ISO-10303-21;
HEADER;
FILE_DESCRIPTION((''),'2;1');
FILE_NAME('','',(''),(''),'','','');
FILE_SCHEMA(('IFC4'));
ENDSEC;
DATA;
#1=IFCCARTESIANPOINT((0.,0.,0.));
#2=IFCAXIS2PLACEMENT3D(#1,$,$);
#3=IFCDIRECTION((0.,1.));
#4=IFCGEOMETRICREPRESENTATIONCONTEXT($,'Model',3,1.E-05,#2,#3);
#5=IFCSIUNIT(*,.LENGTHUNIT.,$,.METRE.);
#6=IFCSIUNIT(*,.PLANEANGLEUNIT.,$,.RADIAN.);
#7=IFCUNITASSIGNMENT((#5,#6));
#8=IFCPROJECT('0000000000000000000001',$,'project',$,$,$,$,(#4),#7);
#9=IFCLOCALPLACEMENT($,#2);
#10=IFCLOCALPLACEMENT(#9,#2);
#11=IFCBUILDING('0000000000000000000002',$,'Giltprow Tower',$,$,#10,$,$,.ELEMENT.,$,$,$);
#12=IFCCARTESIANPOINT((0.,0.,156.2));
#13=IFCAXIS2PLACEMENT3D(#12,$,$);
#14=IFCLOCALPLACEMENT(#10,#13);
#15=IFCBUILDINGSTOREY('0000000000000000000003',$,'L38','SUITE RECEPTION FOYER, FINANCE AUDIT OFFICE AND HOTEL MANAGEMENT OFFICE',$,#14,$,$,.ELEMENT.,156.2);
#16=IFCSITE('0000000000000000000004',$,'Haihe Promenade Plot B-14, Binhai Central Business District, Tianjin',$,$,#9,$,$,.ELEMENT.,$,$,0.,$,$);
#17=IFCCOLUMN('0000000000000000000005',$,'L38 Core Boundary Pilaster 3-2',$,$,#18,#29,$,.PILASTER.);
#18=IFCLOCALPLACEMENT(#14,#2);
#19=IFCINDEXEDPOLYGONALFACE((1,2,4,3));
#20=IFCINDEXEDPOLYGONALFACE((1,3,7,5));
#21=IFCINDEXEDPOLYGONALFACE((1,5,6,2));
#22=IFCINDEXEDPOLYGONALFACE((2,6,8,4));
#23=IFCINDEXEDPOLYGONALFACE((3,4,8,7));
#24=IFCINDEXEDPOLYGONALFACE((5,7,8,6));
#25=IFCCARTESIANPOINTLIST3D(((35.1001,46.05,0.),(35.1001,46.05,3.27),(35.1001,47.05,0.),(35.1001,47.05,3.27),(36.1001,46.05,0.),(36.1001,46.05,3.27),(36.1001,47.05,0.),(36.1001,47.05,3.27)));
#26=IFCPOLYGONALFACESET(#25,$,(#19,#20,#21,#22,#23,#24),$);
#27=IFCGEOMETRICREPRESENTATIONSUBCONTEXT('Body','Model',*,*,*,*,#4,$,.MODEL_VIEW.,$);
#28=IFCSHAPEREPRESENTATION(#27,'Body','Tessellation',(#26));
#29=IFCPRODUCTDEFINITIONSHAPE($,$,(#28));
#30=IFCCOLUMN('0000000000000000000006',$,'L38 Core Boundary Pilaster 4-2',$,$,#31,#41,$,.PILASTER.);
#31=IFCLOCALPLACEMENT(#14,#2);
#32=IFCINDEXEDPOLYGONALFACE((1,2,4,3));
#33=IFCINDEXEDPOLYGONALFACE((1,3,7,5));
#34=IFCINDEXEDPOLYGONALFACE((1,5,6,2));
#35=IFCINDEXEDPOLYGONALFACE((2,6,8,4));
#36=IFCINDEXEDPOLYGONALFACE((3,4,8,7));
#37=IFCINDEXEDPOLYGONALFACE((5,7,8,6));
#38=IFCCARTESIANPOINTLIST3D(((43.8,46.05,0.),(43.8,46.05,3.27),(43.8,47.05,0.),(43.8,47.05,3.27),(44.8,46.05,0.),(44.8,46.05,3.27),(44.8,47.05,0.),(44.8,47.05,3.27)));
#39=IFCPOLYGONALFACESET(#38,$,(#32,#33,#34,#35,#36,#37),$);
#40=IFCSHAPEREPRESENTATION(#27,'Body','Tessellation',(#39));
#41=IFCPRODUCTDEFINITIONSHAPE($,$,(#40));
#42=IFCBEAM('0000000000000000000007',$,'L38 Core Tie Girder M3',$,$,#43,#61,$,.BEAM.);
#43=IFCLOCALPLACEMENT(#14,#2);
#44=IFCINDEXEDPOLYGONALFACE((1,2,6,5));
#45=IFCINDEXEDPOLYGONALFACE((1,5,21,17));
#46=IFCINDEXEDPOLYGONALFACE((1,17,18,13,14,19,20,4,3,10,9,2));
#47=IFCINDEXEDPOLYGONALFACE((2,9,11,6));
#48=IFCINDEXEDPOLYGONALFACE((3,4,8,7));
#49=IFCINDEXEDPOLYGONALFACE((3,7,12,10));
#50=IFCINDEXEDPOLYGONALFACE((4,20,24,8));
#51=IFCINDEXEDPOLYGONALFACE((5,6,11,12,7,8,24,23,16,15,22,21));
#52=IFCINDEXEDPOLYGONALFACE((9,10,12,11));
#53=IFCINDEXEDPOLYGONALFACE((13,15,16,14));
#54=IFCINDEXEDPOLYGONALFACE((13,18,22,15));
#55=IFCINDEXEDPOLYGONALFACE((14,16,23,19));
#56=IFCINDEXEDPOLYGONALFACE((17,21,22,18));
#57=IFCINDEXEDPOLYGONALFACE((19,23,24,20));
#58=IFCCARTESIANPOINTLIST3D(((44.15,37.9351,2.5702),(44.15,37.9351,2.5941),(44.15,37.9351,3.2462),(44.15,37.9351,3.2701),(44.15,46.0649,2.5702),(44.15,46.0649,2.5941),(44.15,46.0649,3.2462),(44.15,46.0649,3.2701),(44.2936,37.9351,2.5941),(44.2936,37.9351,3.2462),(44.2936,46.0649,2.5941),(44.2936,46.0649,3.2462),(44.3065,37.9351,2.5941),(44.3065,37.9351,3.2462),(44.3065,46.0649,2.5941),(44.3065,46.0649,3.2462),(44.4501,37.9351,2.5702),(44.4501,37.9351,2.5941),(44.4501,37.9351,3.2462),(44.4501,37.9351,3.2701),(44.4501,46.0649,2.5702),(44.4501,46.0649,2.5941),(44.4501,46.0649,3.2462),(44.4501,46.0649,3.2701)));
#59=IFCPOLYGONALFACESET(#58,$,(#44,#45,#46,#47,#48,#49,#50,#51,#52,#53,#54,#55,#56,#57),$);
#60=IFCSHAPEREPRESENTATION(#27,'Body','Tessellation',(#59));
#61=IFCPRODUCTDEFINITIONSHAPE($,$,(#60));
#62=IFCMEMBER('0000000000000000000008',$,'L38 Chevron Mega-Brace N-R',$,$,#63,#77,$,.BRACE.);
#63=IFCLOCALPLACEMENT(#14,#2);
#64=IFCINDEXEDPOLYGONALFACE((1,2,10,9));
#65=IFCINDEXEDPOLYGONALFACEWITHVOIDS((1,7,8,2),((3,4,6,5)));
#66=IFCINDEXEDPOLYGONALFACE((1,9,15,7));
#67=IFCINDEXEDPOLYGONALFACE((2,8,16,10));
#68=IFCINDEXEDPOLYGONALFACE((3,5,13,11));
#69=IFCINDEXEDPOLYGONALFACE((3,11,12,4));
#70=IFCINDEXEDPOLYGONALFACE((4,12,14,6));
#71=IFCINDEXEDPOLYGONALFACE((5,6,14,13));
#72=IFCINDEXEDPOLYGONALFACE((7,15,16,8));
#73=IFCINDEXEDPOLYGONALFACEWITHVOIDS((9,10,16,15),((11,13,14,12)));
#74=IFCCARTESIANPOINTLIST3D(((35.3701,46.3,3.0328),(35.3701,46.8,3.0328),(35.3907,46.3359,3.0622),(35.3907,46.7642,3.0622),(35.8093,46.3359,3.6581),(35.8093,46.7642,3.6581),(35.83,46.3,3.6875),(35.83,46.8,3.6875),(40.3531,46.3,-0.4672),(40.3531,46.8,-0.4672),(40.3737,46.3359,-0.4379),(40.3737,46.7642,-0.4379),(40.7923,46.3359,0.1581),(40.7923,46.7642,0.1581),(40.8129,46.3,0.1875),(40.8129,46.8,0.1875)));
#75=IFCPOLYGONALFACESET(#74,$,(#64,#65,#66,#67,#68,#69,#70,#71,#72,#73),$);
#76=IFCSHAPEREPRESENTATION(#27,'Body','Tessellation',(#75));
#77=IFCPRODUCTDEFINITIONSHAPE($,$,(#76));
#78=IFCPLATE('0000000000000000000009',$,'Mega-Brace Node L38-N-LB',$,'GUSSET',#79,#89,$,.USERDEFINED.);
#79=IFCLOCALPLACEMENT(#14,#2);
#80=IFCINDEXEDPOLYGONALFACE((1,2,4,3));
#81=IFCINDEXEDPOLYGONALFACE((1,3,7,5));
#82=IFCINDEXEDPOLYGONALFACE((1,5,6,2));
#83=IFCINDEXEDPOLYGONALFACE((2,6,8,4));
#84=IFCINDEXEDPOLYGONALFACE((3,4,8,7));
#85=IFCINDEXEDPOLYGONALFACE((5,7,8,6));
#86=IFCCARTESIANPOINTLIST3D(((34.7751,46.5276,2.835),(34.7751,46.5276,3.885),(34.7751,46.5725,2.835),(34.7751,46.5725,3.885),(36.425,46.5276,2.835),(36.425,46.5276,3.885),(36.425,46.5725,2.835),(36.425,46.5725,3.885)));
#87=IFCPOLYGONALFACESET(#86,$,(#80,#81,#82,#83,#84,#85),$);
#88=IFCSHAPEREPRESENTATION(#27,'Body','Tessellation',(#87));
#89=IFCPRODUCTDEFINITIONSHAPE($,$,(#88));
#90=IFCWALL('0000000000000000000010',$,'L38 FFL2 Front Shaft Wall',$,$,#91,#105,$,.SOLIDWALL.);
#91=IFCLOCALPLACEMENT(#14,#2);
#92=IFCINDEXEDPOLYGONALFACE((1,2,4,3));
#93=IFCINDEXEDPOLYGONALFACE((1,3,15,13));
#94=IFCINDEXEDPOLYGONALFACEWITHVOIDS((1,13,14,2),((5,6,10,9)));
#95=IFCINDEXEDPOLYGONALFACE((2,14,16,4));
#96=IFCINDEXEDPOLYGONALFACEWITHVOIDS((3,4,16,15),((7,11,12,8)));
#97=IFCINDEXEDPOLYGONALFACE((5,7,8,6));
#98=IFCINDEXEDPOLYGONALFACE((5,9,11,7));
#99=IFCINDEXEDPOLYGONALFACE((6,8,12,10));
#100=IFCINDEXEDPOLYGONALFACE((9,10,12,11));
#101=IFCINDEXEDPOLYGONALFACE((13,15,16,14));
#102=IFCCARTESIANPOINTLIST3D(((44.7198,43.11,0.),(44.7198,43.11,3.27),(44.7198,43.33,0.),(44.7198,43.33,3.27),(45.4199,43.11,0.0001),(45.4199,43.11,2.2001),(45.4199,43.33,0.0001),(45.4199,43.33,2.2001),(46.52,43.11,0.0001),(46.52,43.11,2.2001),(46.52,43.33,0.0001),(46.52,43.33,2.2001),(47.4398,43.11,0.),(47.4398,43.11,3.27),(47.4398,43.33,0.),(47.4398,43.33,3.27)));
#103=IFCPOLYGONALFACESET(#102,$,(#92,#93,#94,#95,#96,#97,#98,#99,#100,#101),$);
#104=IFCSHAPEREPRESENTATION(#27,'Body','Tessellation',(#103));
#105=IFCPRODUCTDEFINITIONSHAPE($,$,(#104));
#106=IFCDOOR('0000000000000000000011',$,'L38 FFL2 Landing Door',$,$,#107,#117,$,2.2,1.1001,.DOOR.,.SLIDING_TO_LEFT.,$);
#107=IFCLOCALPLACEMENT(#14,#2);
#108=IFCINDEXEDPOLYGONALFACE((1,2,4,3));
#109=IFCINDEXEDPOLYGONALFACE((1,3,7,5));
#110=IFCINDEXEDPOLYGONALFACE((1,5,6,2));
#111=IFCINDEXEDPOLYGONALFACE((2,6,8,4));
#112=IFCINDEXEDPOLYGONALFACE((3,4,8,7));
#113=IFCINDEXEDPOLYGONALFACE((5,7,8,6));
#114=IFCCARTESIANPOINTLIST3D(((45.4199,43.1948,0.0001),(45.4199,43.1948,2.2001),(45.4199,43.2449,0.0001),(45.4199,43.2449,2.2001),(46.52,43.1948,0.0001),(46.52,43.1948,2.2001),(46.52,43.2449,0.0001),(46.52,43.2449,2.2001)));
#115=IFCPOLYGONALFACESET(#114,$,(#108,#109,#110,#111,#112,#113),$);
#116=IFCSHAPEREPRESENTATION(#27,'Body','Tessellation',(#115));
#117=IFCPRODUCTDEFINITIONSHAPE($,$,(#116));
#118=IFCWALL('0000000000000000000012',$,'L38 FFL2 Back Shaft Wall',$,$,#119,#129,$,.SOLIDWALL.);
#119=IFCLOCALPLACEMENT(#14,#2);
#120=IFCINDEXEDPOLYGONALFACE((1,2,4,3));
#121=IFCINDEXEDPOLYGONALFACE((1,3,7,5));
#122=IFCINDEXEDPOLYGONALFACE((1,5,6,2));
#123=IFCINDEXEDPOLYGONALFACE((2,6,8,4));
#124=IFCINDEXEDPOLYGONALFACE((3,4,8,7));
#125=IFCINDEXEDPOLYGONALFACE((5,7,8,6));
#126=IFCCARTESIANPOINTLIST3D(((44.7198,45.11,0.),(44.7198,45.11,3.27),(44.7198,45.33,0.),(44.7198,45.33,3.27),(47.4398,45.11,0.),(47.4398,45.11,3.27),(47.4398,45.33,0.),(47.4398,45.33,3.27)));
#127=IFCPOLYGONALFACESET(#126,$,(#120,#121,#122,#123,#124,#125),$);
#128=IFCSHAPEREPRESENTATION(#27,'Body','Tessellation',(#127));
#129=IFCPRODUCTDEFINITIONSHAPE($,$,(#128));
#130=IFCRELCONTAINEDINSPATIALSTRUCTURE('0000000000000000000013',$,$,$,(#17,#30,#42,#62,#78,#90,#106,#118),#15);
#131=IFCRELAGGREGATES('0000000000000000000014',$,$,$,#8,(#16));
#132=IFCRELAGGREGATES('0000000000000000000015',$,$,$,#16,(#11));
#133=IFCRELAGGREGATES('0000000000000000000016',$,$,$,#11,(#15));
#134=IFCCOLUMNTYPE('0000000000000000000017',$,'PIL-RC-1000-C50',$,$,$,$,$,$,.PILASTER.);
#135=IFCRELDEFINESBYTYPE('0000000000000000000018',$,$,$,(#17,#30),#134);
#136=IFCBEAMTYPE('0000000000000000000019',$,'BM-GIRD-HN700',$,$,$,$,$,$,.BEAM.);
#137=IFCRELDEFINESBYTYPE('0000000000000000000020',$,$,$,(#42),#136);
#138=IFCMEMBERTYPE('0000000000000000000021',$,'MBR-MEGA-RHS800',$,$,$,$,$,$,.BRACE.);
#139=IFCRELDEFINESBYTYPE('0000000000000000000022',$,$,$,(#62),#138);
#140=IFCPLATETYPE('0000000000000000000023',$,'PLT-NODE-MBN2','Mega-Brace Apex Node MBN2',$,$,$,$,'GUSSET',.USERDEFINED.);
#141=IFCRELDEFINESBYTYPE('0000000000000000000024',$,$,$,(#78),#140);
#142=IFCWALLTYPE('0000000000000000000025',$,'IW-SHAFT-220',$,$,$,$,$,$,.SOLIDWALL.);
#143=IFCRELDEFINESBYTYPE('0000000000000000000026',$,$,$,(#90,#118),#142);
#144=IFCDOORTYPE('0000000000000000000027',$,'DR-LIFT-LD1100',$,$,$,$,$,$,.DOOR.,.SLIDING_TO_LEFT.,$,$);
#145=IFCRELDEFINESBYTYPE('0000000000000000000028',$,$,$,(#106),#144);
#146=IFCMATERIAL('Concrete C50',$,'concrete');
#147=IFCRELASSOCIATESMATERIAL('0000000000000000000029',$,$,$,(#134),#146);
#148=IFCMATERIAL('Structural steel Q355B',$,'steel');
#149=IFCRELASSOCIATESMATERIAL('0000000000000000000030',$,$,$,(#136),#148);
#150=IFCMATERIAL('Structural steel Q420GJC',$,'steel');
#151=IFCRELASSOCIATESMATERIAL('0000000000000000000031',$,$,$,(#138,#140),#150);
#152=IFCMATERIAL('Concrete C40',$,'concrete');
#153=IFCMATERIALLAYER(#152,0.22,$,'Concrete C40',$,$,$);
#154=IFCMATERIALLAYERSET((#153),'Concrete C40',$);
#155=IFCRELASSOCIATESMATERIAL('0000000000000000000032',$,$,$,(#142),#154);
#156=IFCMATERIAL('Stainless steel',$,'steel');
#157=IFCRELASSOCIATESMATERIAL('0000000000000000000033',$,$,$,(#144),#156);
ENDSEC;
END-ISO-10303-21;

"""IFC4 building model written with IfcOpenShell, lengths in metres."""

from ifc_helpers import new_model, si_unit, direction, frame, frame_2d, origin, origin_2d, place, context, subcontext, project, spatial, rectangle, hollow_rectangle, i_section, extrude, source, transform, mapped, material, layer, layer_set, material_profile, profile_set, type_object, element, fill, save


model = new_model("IFC4")

# Units and contexts
model_context = context("Model", 3, precision=1e-05, world=origin(), true_north=direction((0.0, 1.0)))
body_context = subcontext(model_context, "Body", "Model", "MODEL_VIEW")
ifc_project = project(units=[si_unit("LENGTHUNIT", "METRE"), si_unit("PLANEANGLEUNIT", "RADIAN")], contexts=[model_context])

# Site, building, storey
site_placement = place(None, origin())
site = spatial("IfcSite", under=ifc_project, at=site_placement, Name="Haihe Promenade Plot B-14, Binhai Central Business District, Tianjin", CompositionType="ELEMENT", RefElevation=0.0)
building_placement = place(site_placement, origin())
building = spatial("IfcBuilding", under=site, at=building_placement, Name="Giltprow Tower", CompositionType="ELEMENT")
storey_placement = place(building_placement, frame((0.0, 0.0, 156.2)))
storey = spatial("IfcBuildingStorey", under=building, at=storey_placement, Name="L38", Description="SUITE RECEPTION FOYER, FINANCE AUDIT OFFICE AND HOTEL MANAGEMENT OFFICE", CompositionType="ELEMENT", Elevation=156.2)

# Columns
ifc_material_1 = material(Name="Concrete C50", Category="concrete")
ifc_material_profile_1 = material_profile(ifc_material_1, rectangle(XDim=1.0, YDim=1.0, at=origin_2d()), Name="RC 1000x1000")
ifc_profile_set_1 = profile_set([ifc_material_profile_1], Name="Concrete C50")
column_type = type_object("IfcColumnType", Name="PIL-RC-1000-C50", PredefinedType="PILASTER", material=ifc_profile_set_1)
shared_shape_1 = source(origin(), body_context, "Body", "SweptSolid", [
    extrude(rectangle(XDim=1.0, YDim=1.0, at=origin_2d()), origin(), (0.0, 0.0, 1.0), 3.27),
])
for number, where, z_axis, x_axis, name in (
    (1, (35.6001, 46.55, 0.0), (0.0, 0.0, 1.0), (1.0, 0.0, 0.0), "L38 Core Boundary Pilaster 3-2"),
    (2, (44.3, 46.55, 0.0), (0.0, 0.0, 1.0), (1.0, 0.0, 0.0), "L38 Core Boundary Pilaster 4-2"),
):
    element("IfcColumn", number, at=place(storey_placement, frame(where, z_axis=z_axis, x_axis=x_axis)), inside=storey, type_object=column_type, Name=name, PredefinedType="PILASTER", context=body_context, shape_type="MappedRepresentation", body=[
        mapped(shared_shape_1, transform((0.0, 0.0, 0.0), x_axis=(1.0, 0.0, 0.0), y_axis=(0.0, 1.0, 0.0), z_axis=(0.0, 0.0, 1.0), scale=1.0)),
    ])

# Beam
ifc_material_2 = material(Name="Structural steel Q355B", Category="steel")
ifc_material_profile_2 = material_profile(ifc_material_2, i_section(OverallWidth=0.3, OverallDepth=0.7, WebThickness=0.0129, FlangeThickness=0.0239, at=origin_2d()), Name="HN 700x300x13x24")
ifc_profile_set_2 = profile_set([ifc_material_profile_2], Name="Structural steel Q355B")
beam_type = type_object("IfcBeamType", Name="BM-GIRD-HN700", PredefinedType="BEAM", material=ifc_profile_set_2)
shared_shape_2 = source(origin(), body_context, "Body", "SweptSolid", [
    extrude(i_section(OverallWidth=0.3, OverallDepth=0.7, WebThickness=0.0129, FlangeThickness=0.0239, at=origin_2d()), origin(), (0.0, 0.0, 1.0), 8.1299),
])
beam_placement = place(storey_placement, frame((44.3, 37.9351, 2.9202), z_axis=(0.0, 1.0, 0.0), x_axis=(-1.0, 0.0, 0.0)))
element("IfcBeam", 3, at=beam_placement, inside=storey, type_object=beam_type, Name="L38 Core Tie Girder M3", PredefinedType="BEAM", context=body_context, shape_type="MappedRepresentation", body=[
    mapped(shared_shape_2, transform((0.0, 0.0, 0.0), x_axis=(1.0, 0.0, 0.0), y_axis=(0.0, 1.0, 0.0), z_axis=(0.0, 0.0, 1.0), scale=1.0)),
])

# Member
ifc_material_3 = material(Name="Structural steel Q420GJC", Category="steel")
ifc_material_profile_3 = material_profile(ifc_material_3, hollow_rectangle(XDim=0.5, YDim=0.8, WallThickness=0.0359, at=origin_2d()), Name="RHS 800x500x36")
ifc_profile_set_3 = profile_set([ifc_material_profile_3], Name="Structural steel Q420GJC")
member_type = type_object("IfcMemberType", Name="MBR-MEGA-RHS800", PredefinedType="BRACE", material=ifc_profile_set_3)
shared_shape_3 = source(origin(), body_context, "Body", "SweptSolid", [
    extrude(hollow_rectangle(XDim=0.5, YDim=0.8, WallThickness=0.0359, at=origin_2d()), origin(), (0.0, 0.0, 1.0), 6.0894),
])
member_placement = place(storey_placement, frame((40.583, 46.55, -0.1399), z_axis=(-0.818308, 0.0, 0.57478), x_axis=(0.0, -1.0, 0.0)))
element("IfcMember", 4, at=member_placement, inside=storey, type_object=member_type, Name="L38 Chevron Mega-Brace N-R", PredefinedType="BRACE", context=body_context, shape_type="MappedRepresentation", body=[
    mapped(shared_shape_3, transform((0.0, 0.0, 0.0), x_axis=(1.0, 0.0, 0.0), y_axis=(0.0, 1.0, 0.0), z_axis=(0.0, 0.0, 1.0), scale=1.0)),
])

# Plate
plate_type = type_object("IfcPlateType", Name="PLT-NODE-MBN2", Description="Mega-Brace Apex Node MBN2", ElementType="GUSSET", PredefinedType="USERDEFINED", material=ifc_material_3)
shared_shape_4 = source(origin(), body_context, "Body", "SweptSolid", [
    extrude(rectangle(XDim=1.6499, YDim=0.0449, at=origin_2d()), origin(), (0.0, 0.0, 1.0), 1.05),
])
plate_placement = place(storey_placement, frame((35.6001, 46.55, 2.835), z_axis=(0.0, 0.0, 1.0), x_axis=(1.0, 0.0, 0.0)))
element("IfcPlate", 5, at=plate_placement, inside=storey, type_object=plate_type, Name="Mega-Brace Node L38-N-LB", ObjectType="GUSSET", PredefinedType="USERDEFINED", context=body_context, shape_type="MappedRepresentation", body=[
    mapped(shared_shape_4, transform((0.0, 0.0, 0.0), x_axis=(1.0, 0.0, 0.0), y_axis=(0.0, 1.0, 0.0), z_axis=(0.0, 0.0, 1.0), scale=1.0)),
])

# Wall, opening, door
ifc_material_4 = material(Name="Concrete C40", Category="concrete")
ifc_layer_1 = layer(ifc_material_4, 0.22, Name="Concrete C40")
ifc_layer_set_1 = layer_set([ifc_layer_1], Name="Concrete C40")
wall_type_1 = type_object("IfcWallType", Name="IW-SHAFT-220", PredefinedType="SOLIDWALL", material=ifc_layer_set_1)
wall_1_placement = place(storey_placement, frame((44.72, 43.22, 0.0), z_axis=(0.0, 0.0, 1.0), x_axis=(1.0, 0.0, 0.0)))
wall_1 = element("IfcWall", 6, at=wall_1_placement, inside=storey, type_object=wall_type_1, Name="L38 FFL2 Front Shaft Wall", PredefinedType="SOLIDWALL", context=body_context, shape_type="SweptSolid", body=[
    extrude(rectangle(XDim=2.72, YDim=0.22, at=frame_2d((1.3599, 0.0))), origin(), (0.0, 0.0, 1.0), 3.27),
])
opening_1_placement = place(wall_1_placement, frame((0.7, 0.0, 0.0)))
opening_1 = element("IfcOpeningElement", 7, at=opening_1_placement, cuts=wall_1, PredefinedType="OPENING", context=body_context, shape_type="SweptSolid", body=[
    extrude(rectangle(XDim=1.1001, YDim=2.2, at=frame_2d((0.55, 1.1001))), frame((0.0, 0.1199, 0.0), z_axis=(0.0, -1.0, 0.0), x_axis=(1.0, 0.0, 0.0)), (0.0, 0.0, 1.0), 0.24),
])
ifc_material_5 = material(Name="Stainless steel", Category="steel")
door_type = type_object("IfcDoorType", Name="DR-LIFT-LD1100", OperationType="SLIDING_TO_LEFT", PredefinedType="DOOR", material=ifc_material_5)
shared_shape_5 = source(origin(), body_context, "Body", "SweptSolid", [
    extrude(rectangle(XDim=1.1001, YDim=2.2, at=frame_2d((0.55, 1.1001))), frame((0.0, 0.0249, 0.0), z_axis=(0.0, -1.0, 0.0), x_axis=(1.0, 0.0, 0.0)), (0.0, 0.0, 1.0), 0.05),
])
door_1_placement = place(opening_1_placement, origin())
door_1 = element("IfcDoor", 8, at=door_1_placement, inside=storey, type_object=door_type, Name="L38 FFL2 Landing Door", OperationType="SLIDING_TO_LEFT", OverallHeight=2.2, OverallWidth=1.1001, PredefinedType="DOOR", context=body_context, shape_type="MappedRepresentation", body=[
    mapped(shared_shape_5, transform((0.0, 0.0, 0.0), x_axis=(1.0, 0.0, 0.0), y_axis=(0.0, 1.0, 0.0), z_axis=(0.0, 0.0, 1.0), scale=1.0)),
])
fill(opening_1, door_1)

# Wall
wall_2_placement = place(storey_placement, frame((44.72, 45.22, 0.0), z_axis=(0.0, 0.0, 1.0), x_axis=(1.0, 0.0, 0.0)))
element("IfcWall", 9, at=wall_2_placement, inside=storey, type_object=wall_type_1, Name="L38 FFL2 Back Shaft Wall", PredefinedType="SOLIDWALL", context=body_context, shape_type="SweptSolid", body=[
    extrude(rectangle(XDim=2.72, YDim=0.22, at=frame_2d((1.3599, 0.0))), origin(), (0.0, 0.0, 1.0), 3.27),
])

save(model, "model.ifc")
